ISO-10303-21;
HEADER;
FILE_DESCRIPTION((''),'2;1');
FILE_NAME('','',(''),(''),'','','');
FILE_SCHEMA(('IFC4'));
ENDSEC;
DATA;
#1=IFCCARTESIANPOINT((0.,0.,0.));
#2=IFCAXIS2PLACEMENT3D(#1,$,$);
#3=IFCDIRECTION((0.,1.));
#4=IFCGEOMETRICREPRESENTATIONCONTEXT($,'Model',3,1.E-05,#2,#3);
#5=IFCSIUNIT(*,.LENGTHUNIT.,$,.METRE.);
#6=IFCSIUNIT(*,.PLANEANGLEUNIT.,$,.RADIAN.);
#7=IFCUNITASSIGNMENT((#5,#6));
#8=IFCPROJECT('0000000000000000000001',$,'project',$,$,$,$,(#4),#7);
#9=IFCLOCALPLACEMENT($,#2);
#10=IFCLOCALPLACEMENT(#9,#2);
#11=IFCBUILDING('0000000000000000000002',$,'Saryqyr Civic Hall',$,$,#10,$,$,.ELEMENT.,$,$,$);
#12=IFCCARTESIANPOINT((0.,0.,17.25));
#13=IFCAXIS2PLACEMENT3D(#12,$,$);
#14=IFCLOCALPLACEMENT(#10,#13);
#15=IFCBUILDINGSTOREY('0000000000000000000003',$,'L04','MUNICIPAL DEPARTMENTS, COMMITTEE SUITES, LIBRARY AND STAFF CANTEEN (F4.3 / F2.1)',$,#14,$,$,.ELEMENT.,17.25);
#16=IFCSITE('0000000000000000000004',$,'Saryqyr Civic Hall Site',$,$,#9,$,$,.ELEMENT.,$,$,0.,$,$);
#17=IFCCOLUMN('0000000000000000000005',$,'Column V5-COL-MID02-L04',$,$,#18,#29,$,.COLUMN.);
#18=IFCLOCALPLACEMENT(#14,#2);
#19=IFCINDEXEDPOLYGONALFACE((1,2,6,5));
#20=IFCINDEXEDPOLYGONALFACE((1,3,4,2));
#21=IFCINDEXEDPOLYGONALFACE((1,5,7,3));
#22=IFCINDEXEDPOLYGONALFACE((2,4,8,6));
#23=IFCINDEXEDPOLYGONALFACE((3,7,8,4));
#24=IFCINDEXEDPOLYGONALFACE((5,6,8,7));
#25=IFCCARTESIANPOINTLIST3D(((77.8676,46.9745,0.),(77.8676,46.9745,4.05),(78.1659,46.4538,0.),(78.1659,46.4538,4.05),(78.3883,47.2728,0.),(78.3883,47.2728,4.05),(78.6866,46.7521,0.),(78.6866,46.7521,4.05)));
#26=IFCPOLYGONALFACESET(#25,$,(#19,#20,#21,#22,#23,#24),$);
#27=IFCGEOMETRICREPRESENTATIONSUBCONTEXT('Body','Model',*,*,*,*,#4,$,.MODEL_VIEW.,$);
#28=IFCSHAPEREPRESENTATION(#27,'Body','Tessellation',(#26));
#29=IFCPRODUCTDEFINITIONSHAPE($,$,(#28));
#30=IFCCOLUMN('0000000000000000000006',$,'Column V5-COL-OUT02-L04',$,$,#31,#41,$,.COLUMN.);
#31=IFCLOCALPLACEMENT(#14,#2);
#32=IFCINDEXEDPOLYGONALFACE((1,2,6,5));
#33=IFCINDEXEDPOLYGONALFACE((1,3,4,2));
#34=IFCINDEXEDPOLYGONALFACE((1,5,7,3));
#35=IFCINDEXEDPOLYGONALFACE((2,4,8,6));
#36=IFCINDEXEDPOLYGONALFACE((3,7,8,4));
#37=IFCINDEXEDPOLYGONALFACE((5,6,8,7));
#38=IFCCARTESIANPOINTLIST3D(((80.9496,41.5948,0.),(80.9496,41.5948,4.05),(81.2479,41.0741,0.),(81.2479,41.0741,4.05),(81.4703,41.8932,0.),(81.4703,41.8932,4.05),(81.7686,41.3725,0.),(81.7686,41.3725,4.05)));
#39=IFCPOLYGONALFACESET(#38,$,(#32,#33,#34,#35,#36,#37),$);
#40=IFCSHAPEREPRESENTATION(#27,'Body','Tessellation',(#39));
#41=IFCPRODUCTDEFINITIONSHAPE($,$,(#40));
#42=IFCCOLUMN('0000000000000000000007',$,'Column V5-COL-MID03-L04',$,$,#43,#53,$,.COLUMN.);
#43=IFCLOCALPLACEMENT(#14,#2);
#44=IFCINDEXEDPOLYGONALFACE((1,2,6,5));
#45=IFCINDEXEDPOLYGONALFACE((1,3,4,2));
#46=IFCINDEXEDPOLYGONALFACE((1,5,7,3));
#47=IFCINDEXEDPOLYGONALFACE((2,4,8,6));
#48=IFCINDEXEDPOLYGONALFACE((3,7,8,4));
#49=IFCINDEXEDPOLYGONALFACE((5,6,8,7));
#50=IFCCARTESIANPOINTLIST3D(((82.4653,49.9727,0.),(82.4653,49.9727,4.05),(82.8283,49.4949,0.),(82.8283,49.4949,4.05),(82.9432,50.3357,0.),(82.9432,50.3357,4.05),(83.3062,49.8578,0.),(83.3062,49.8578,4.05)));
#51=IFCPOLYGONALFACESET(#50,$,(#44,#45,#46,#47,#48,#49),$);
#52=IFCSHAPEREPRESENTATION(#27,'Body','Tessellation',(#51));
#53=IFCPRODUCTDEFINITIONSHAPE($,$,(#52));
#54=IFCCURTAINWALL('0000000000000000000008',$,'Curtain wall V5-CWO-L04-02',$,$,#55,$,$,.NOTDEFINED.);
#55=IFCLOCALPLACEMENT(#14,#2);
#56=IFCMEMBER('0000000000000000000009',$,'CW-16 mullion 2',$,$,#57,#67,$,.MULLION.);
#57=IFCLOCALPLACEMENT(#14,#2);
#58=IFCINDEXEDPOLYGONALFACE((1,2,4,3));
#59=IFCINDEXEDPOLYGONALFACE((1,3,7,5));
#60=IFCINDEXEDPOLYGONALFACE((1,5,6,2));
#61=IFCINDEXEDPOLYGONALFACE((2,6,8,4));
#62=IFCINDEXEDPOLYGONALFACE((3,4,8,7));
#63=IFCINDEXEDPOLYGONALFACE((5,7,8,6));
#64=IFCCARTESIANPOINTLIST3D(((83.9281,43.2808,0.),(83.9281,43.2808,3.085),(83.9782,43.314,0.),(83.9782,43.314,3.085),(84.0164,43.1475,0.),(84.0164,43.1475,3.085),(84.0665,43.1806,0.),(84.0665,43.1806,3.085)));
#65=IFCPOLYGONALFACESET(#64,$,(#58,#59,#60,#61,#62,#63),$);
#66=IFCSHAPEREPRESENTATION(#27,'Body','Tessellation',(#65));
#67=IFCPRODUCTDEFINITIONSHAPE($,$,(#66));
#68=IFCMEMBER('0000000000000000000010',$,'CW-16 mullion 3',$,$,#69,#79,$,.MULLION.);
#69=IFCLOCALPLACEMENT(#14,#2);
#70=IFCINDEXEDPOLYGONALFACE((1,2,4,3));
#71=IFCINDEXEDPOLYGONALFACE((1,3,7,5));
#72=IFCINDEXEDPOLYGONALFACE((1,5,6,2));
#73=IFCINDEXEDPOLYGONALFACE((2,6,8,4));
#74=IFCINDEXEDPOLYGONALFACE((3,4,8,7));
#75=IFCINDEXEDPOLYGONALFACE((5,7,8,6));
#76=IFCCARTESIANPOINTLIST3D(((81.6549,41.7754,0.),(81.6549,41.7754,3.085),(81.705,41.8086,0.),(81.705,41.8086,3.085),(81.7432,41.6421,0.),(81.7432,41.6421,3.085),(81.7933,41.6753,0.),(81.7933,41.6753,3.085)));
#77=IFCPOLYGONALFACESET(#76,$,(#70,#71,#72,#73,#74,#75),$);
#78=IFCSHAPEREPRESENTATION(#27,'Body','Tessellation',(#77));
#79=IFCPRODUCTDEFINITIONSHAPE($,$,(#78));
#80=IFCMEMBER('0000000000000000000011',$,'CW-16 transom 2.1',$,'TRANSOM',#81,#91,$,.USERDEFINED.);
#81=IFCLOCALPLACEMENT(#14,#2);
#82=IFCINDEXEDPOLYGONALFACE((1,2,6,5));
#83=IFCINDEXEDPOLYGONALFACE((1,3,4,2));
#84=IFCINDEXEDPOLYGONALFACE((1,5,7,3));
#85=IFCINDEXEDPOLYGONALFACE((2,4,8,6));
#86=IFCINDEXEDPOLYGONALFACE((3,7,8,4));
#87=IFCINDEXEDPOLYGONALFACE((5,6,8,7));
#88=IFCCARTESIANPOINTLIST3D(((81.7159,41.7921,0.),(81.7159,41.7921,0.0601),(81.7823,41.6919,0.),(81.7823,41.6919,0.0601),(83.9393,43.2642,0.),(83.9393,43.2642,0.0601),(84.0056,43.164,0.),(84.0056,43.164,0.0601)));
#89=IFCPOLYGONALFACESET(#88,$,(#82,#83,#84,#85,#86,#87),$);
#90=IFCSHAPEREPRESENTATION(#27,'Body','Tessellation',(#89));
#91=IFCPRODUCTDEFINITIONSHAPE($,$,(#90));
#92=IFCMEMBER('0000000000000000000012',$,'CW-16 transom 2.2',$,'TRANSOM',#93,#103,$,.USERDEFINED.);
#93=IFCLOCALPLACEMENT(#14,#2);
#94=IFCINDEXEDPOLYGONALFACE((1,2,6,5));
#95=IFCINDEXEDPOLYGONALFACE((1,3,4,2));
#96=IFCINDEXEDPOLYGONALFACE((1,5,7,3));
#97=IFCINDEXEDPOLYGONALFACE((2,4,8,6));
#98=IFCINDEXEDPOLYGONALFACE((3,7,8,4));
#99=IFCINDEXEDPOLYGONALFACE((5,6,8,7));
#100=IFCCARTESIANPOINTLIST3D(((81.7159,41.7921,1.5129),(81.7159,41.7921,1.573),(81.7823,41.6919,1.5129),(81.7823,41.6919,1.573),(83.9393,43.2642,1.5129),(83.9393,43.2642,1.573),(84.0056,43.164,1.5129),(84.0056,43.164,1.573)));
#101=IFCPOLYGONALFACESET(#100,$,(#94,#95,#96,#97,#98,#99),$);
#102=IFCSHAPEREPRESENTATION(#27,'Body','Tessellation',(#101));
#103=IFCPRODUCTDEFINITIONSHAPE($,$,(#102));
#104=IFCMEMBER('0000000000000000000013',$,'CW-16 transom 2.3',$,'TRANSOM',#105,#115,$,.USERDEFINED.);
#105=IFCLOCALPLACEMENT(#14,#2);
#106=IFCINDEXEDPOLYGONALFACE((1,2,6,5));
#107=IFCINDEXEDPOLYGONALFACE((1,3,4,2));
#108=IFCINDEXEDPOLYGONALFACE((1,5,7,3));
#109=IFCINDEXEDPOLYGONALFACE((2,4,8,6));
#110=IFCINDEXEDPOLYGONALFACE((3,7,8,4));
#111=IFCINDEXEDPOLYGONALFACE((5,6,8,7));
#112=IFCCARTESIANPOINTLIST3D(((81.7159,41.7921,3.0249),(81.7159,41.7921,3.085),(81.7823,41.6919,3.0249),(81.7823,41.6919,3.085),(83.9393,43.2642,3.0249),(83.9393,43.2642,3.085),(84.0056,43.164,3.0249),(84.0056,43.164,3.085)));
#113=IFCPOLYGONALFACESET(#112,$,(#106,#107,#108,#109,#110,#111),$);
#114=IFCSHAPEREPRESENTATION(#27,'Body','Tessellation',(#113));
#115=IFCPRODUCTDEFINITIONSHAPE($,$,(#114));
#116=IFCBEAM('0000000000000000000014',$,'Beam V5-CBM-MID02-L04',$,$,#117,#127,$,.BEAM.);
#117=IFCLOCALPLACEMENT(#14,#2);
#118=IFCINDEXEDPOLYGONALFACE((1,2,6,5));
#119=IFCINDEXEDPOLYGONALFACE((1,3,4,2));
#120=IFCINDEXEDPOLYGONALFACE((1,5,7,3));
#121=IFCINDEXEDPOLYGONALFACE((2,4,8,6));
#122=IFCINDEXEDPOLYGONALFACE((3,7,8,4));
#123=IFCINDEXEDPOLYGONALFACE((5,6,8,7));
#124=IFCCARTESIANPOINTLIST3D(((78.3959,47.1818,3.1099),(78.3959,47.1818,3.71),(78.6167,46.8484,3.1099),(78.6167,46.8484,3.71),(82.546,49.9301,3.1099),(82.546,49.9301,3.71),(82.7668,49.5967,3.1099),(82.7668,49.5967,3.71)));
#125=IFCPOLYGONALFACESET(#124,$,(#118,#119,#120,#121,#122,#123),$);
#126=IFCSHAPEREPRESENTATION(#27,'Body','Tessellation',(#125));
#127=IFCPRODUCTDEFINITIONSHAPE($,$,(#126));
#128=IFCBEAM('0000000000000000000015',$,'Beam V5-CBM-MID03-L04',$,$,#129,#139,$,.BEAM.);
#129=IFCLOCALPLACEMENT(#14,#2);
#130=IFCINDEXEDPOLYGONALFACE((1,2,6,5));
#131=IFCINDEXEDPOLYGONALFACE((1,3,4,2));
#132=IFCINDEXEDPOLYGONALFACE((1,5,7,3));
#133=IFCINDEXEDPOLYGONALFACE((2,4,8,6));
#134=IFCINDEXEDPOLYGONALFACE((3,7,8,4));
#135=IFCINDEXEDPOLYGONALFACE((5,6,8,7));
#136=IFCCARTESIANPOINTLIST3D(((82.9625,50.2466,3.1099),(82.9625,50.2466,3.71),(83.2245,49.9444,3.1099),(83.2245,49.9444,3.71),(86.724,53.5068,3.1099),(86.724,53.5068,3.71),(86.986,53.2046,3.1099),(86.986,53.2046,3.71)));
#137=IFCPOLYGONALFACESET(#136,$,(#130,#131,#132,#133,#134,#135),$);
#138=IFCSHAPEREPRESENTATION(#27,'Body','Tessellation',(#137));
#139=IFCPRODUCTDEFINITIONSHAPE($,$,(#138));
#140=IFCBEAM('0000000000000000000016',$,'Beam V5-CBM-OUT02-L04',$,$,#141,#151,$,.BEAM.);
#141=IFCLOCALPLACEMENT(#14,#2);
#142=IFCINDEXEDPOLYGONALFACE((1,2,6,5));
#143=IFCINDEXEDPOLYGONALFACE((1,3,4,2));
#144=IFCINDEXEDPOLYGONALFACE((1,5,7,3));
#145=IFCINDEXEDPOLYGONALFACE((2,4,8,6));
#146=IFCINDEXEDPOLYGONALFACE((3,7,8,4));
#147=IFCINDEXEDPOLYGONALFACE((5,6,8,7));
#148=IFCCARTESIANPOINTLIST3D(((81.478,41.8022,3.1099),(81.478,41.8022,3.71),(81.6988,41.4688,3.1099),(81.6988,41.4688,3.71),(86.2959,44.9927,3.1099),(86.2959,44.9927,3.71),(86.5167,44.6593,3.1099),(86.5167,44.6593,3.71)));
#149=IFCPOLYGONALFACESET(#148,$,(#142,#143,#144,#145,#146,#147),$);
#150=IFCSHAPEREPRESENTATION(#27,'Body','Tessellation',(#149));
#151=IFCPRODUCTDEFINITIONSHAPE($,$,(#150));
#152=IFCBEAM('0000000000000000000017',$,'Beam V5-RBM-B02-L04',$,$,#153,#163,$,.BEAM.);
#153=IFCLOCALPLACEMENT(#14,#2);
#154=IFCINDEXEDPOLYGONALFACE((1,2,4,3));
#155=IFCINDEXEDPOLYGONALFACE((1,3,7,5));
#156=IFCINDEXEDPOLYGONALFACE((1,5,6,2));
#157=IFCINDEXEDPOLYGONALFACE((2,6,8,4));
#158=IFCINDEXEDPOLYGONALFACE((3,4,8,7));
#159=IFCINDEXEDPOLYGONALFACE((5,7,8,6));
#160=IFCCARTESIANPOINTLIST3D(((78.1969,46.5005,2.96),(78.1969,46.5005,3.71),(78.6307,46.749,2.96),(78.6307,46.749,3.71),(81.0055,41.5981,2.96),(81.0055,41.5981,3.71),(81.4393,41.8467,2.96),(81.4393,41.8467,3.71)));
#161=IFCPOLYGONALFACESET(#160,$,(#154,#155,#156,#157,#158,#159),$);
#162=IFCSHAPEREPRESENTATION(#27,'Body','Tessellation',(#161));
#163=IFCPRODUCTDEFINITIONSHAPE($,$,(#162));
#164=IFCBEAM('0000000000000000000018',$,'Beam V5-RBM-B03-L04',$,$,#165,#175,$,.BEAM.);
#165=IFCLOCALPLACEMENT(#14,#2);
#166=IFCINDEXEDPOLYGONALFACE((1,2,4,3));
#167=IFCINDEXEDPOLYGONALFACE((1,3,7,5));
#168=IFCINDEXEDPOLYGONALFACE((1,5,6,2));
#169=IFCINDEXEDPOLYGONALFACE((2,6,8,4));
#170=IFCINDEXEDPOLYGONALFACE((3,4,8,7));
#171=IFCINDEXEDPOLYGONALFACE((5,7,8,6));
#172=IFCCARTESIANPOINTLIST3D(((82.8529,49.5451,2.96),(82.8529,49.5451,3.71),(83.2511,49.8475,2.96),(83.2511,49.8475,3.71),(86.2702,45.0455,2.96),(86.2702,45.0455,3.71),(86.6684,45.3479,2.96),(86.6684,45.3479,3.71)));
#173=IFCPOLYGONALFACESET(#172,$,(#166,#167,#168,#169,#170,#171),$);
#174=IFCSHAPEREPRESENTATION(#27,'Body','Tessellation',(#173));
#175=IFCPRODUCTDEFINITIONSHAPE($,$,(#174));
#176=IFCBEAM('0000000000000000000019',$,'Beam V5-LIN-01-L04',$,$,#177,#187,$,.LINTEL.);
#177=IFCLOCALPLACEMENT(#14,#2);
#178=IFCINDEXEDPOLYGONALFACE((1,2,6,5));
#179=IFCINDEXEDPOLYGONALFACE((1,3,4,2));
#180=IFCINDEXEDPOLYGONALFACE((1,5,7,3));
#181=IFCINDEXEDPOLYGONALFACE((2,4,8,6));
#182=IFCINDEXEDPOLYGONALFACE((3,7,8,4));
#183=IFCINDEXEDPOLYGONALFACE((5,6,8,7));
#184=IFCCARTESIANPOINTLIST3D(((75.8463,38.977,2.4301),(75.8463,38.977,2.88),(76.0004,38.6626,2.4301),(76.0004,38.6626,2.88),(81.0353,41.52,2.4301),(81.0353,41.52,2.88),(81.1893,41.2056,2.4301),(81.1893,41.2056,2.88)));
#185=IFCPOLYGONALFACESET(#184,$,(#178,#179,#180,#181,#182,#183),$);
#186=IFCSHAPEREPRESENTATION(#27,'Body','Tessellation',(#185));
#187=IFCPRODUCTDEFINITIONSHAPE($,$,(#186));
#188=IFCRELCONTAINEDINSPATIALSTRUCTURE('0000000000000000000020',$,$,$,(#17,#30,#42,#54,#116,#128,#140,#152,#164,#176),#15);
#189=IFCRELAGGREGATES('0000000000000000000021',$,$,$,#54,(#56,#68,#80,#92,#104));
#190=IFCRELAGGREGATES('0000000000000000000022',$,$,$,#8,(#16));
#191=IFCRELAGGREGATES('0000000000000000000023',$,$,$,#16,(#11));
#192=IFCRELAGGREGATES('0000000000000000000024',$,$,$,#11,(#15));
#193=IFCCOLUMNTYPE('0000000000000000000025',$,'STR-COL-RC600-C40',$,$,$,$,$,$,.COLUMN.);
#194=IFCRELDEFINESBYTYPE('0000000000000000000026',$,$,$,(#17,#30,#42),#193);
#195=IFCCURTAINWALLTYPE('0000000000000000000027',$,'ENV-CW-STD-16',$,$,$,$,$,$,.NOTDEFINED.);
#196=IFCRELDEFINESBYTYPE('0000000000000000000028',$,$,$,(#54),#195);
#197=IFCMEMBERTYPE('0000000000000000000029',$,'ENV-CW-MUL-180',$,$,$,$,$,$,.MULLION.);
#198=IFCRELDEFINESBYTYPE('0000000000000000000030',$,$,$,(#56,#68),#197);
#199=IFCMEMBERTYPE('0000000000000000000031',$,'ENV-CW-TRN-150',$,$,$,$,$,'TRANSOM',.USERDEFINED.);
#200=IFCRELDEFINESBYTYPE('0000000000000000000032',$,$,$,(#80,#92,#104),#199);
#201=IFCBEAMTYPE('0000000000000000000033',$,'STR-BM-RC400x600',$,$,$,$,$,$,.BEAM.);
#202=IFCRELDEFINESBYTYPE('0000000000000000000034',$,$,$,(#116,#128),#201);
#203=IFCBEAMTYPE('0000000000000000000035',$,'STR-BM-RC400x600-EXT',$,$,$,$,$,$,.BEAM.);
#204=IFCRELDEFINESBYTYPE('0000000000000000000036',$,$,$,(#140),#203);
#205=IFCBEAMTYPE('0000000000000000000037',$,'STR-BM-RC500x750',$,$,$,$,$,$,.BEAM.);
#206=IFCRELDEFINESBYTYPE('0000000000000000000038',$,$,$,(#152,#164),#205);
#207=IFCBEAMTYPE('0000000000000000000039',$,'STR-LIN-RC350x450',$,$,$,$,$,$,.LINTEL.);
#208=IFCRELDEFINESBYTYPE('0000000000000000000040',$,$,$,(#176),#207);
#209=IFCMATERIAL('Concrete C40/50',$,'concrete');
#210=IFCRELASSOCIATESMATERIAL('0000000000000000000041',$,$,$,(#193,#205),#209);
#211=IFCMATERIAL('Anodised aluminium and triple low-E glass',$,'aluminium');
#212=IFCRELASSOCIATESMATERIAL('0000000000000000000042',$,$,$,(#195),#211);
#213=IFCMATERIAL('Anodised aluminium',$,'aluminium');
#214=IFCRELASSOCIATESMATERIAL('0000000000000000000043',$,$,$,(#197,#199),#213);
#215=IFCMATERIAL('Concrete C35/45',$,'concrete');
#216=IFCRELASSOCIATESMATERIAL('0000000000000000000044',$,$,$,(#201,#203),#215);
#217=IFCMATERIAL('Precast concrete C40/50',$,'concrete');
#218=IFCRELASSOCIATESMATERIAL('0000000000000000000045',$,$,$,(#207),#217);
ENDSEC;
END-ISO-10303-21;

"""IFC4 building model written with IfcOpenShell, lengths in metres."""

from ifc_helpers import new_model, si_unit, direction, frame, origin, origin_2d, place, context, subcontext, project, spatial, rectangle, extrude, material, material_profile, profile_set, type_object, element, aggregate, save


model = new_model("IFC4")

# Units and contexts
model_context = context("Model", 3, precision=1e-05, world=origin(), true_north=direction((0.0, 1.0)))
body_context = subcontext(model_context, "Body", "Model", "MODEL_VIEW")
ifc_project = project(units=[si_unit("LENGTHUNIT", "METRE"), si_unit("PLANEANGLEUNIT", "RADIAN")], contexts=[model_context])

# Site, building, storey
site_placement = place(None, origin())
site = spatial("IfcSite", under=ifc_project, at=site_placement, Name="Saryqyr Civic Hall Site", CompositionType="ELEMENT", RefElevation=0.0)
building_placement = place(site_placement, origin())
building = spatial("IfcBuilding", under=site, at=building_placement, Name="Saryqyr Civic Hall", CompositionType="ELEMENT")
storey_placement = place(building_placement, frame((0.0, 0.0, 17.25)))
storey = spatial("IfcBuildingStorey", under=building, at=storey_placement, Name="L04", Description="MUNICIPAL DEPARTMENTS, COMMITTEE SUITES, LIBRARY AND STAFF CANTEEN (F4.3 / F2.1)", CompositionType="ELEMENT", Elevation=17.25)

# Columns
ifc_material_1 = material(Name="Concrete C40/50", Category="concrete")
ifc_material_profile_1 = material_profile(ifc_material_1, rectangle(XDim=0.6001, YDim=0.6001, at=origin_2d()), Name="RC 600x600")
ifc_profile_set_1 = profile_set([ifc_material_profile_1], Name="Concrete C40/50")
column_type = type_object("IfcColumnType", Name="STR-COL-RC600-C40", PredefinedType="COLUMN", material=ifc_profile_set_1)
for number, where, z_axis, x_axis, name in (
    (1, (78.2771, 46.8633, 0.0), (0.0, 0.0, 1.0), (0.497125, -0.867679, 0.0), "Column V5-COL-MID02-L04"),
    (2, (81.3591, 41.4836, 0.0), (0.0, 0.0, 1.0), (0.497125, -0.867679, 0.0), "Column V5-COL-OUT02-L04"),
    (3, (82.8857, 49.9153, 0.0), (0.0, 0.0, 1.0), (0.604877, -0.796319, 0.0), "Column V5-COL-MID03-L04"),
):
    element("IfcColumn", number, at=place(storey_placement, frame(where, z_axis=z_axis, x_axis=x_axis)), inside=storey, type_object=column_type, Name=name, PredefinedType="COLUMN", context=body_context, shape_type="SweptSolid", body=[
        extrude(rectangle(XDim=0.6001, YDim=0.6001, at=origin_2d()), origin(), (0.0, 0.0, 1.0), 4.05),
    ])

# Curtain wall, members
ifc_material_2 = material(Name="Anodised aluminium and triple low-E glass", Category="aluminium")
curtain_wall_type = type_object("IfcCurtainWallType", Name="ENV-CW-STD-16", PredefinedType="NOTDEFINED", material=ifc_material_2)
curtain_wall_placement = place(storey_placement, origin())
curtain_wall = element("IfcCurtainWall", 4, at=curtain_wall_placement, inside=storey, type_object=curtain_wall_type, Name="Curtain wall V5-CWO-L04-02", PredefinedType="NOTDEFINED")
ifc_material_3 = material(Name="Anodised aluminium", Category="aluminium")
ifc_material_profile_2 = material_profile(ifc_material_3, rectangle(XDim=0.0601, YDim=0.1599, at=origin_2d()), Name="ALU MULLION 60x160")
ifc_profile_set_2 = profile_set([ifc_material_profile_2], Name="Anodised aluminium")
member_type_1 = type_object("IfcMemberType", Name="ENV-CW-MUL-180", PredefinedType="MULLION", material=ifc_profile_set_2)
member_1_placement = place(storey_placement, frame((83.9973, 43.2307, 0.0), z_axis=(0.0, 0.0, 1.0), x_axis=(-0.833757, -0.552132, 0.0)))
member_1 = element("IfcMember", 5, at=member_1_placement, type_object=member_type_1, Name="CW-16 mullion 2", PredefinedType="MULLION", context=body_context, shape_type="SweptSolid", body=[
    extrude(rectangle(XDim=0.0601, YDim=0.1599, at=origin_2d()), origin(), (0.0, 0.0, 1.0), 3.085),
])
member_2_placement = place(storey_placement, frame((81.7241, 41.7253, 0.0), z_axis=(0.0, 0.0, 1.0), x_axis=(-0.833757, -0.552132, 0.0)))
member_2 = element("IfcMember", 6, at=member_2_placement, type_object=member_type_1, Name="CW-16 mullion 3", PredefinedType="MULLION", context=body_context, shape_type="SweptSolid", body=[
    extrude(rectangle(XDim=0.0601, YDim=0.1599, at=origin_2d()), origin(), (0.0, 0.0, 1.0), 3.085),
])
ifc_material_profile_3 = material_profile(ifc_material_3, rectangle(XDim=0.1201, YDim=0.0601, at=origin_2d()), Name="ALU TRANSOM 120x60")
ifc_profile_set_3 = profile_set([ifc_material_profile_3], Name="Anodised aluminium")
member_type_2 = type_object("IfcMemberType", Name="ENV-CW-TRN-150", ElementType="TRANSOM", PredefinedType="USERDEFINED", material=ifc_profile_set_3)
member_3_placement = place(storey_placement, frame((83.9724, 43.2141, 0.03), z_axis=(-0.833793, -0.552078, 0.0), x_axis=(0.552078, -0.833793, 0.0)))
member_3 = element("IfcMember", 7, at=member_3_placement, type_object=member_type_2, Name="CW-16 transom 2.1", ObjectType="TRANSOM", PredefinedType="USERDEFINED", context=body_context, shape_type="SweptSolid", body=[
    extrude(rectangle(XDim=0.1201, YDim=0.0601, at=origin_2d()), origin(), (0.0, 0.0, 1.0), 2.6665),
])
member_4_placement = place(storey_placement, frame((83.9724, 43.2141, 1.543), z_axis=(-0.833793, -0.552078, 0.0), x_axis=(0.552078, -0.833793, 0.0)))
member_4 = element("IfcMember", 8, at=member_4_placement, type_object=member_type_2, Name="CW-16 transom 2.2", ObjectType="TRANSOM", PredefinedType="USERDEFINED", context=body_context, shape_type="SweptSolid", body=[
    extrude(rectangle(XDim=0.1201, YDim=0.0601, at=origin_2d()), origin(), (0.0, 0.0, 1.0), 2.6665),
])
member_5_placement = place(storey_placement, frame((83.9724, 43.2141, 3.0549), z_axis=(-0.833793, -0.552078, 0.0), x_axis=(0.552078, -0.833793, 0.0)))
member_5 = element("IfcMember", 9, at=member_5_placement, type_object=member_type_2, Name="CW-16 transom 2.3", ObjectType="TRANSOM", PredefinedType="USERDEFINED", context=body_context, shape_type="SweptSolid", body=[
    extrude(rectangle(XDim=0.1201, YDim=0.0601, at=origin_2d()), origin(), (0.0, 0.0, 1.0), 2.6665),
])

# Beams
ifc_material_4 = material(Name="Concrete C35/45", Category="concrete")
ifc_material_profile_4 = material_profile(ifc_material_4, rectangle(XDim=0.3999, YDim=0.6001, at=origin_2d()), Name="RC 400x600")
ifc_profile_set_4 = profile_set([ifc_material_profile_4], Name="Concrete C35/45")
beam_type_1 = type_object("IfcBeamType", Name="STR-BM-RC400x600", PredefinedType="BEAM", material=ifc_profile_set_4)
beam_1_placement = place(storey_placement, frame((78.5063, 47.0151, 3.4099), z_axis=(0.833759, 0.552128, 0.0), x_axis=(-0.552128, 0.833759, 0.0)))
element("IfcBeam", 10, at=beam_1_placement, inside=storey, type_object=beam_type_1, Name="Beam V5-CBM-MID02-L04", PredefinedType="BEAM", context=body_context, shape_type="SweptSolid", body=[
    extrude(rectangle(XDim=0.3999, YDim=0.6001, at=origin_2d()), origin(), (0.0, 0.0, 1.0), 4.9775),
])
beam_2_placement = place(storey_placement, frame((83.0935, 50.0955, 3.4099), z_axis=(0.755658, 0.654966, 0.0), x_axis=(-0.654966, 0.755658, 0.0)))
element("IfcBeam", 11, at=beam_2_placement, inside=storey, type_object=beam_type_1, Name="Beam V5-CBM-MID03-L04", PredefinedType="BEAM", context=body_context, shape_type="SweptSolid", body=[
    extrude(rectangle(XDim=0.3999, YDim=0.6001, at=origin_2d()), origin(), (0.0, 0.0, 1.0), 4.9778),
])
ifc_material_profile_5 = material_profile(ifc_material_4, rectangle(XDim=0.3999, YDim=0.6001, at=origin_2d()), Name="RC 400x600")
ifc_profile_set_5 = profile_set([ifc_material_profile_5], Name="Concrete C35/45")
beam_type_2 = type_object("IfcBeamType", Name="STR-BM-RC400x600-EXT", PredefinedType="BEAM", material=ifc_profile_set_5)
beam_3_placement = place(storey_placement, frame((81.5884, 41.6355, 3.4099), z_axis=(0.833762, 0.552124, 0.0), x_axis=(-0.552124, 0.833762, 0.0)))
element("IfcBeam", 12, at=beam_3_placement, inside=storey, type_object=beam_type_2, Name="Beam V5-CBM-OUT02-L04", PredefinedType="BEAM", context=body_context, shape_type="SweptSolid", body=[
    extrude(rectangle(XDim=0.3999, YDim=0.6001, at=origin_2d()), origin(), (0.0, 0.0, 1.0), 5.7786),
])
ifc_material_profile_6 = material_profile(ifc_material_1, rectangle(XDim=0.5, YDim=0.75, at=origin_2d()), Name="RC 500x750")
ifc_profile_set_6 = profile_set([ifc_material_profile_6], Name="Concrete C40/50")
beam_type_3 = type_object("IfcBeamType", Name="STR-BM-RC500x750", PredefinedType="BEAM", material=ifc_profile_set_6)
beam_4_placement = place(storey_placement, frame((78.4138, 46.6248, 3.335), z_axis=(0.497107, -0.867689, 0.0), x_axis=(0.867689, 0.497107, 0.0)))
element("IfcBeam", 13, at=beam_4_placement, inside=storey, type_object=beam_type_3, Name="Beam V5-RBM-B02-L04", PredefinedType="BEAM", context=body_context, shape_type="SweptSolid", body=[
    extrude(rectangle(XDim=0.5, YDim=0.75, at=origin_2d()), origin(), (0.0, 0.0, 1.0), 5.6499),
])
beam_5_placement = place(storey_placement, frame((83.052, 49.6963, 3.335), z_axis=(0.604815, -0.796366, 0.0), x_axis=(0.796366, 0.604815, 0.0)))
element("IfcBeam", 14, at=beam_5_placement, inside=storey, type_object=beam_type_3, Name="Beam V5-RBM-B03-L04", PredefinedType="BEAM", context=body_context, shape_type="SweptSolid", body=[
    extrude(rectangle(XDim=0.5, YDim=0.75, at=origin_2d()), origin(), (0.0, 0.0, 1.0), 5.6501),
])
ifc_material_5 = material(Name="Precast concrete C40/50", Category="concrete")
ifc_material_profile_7 = material_profile(ifc_material_5, rectangle(XDim=0.3501, YDim=0.45, at=origin_2d()), Name="RC 350x450")
ifc_profile_set_7 = profile_set([ifc_material_profile_7], Name="Precast concrete C40/50")
beam_type_4 = type_object("IfcBeamType", Name="STR-LIN-RC350x450", PredefinedType="LINTEL", material=ifc_profile_set_7)
beam_6_placement = place(storey_placement, frame((75.9233, 38.8198, 2.655), z_axis=(0.897965, 0.440068, 0.0), x_axis=(-0.440068, 0.897965, 0.0)))
element("IfcBeam", 15, at=beam_6_placement, inside=storey, type_object=beam_type_4, Name="Beam V5-LIN-01-L04", PredefinedType="LINTEL", context=body_context, shape_type="SweptSolid", body=[
    extrude(rectangle(XDim=0.3501, YDim=0.45, at=origin_2d()), origin(), (0.0, 0.0, 1.0), 5.7786),
])

aggregate(curtain_wall, [member_1, member_2, member_3, member_4, member_5])

save(model, "model.ifc")
